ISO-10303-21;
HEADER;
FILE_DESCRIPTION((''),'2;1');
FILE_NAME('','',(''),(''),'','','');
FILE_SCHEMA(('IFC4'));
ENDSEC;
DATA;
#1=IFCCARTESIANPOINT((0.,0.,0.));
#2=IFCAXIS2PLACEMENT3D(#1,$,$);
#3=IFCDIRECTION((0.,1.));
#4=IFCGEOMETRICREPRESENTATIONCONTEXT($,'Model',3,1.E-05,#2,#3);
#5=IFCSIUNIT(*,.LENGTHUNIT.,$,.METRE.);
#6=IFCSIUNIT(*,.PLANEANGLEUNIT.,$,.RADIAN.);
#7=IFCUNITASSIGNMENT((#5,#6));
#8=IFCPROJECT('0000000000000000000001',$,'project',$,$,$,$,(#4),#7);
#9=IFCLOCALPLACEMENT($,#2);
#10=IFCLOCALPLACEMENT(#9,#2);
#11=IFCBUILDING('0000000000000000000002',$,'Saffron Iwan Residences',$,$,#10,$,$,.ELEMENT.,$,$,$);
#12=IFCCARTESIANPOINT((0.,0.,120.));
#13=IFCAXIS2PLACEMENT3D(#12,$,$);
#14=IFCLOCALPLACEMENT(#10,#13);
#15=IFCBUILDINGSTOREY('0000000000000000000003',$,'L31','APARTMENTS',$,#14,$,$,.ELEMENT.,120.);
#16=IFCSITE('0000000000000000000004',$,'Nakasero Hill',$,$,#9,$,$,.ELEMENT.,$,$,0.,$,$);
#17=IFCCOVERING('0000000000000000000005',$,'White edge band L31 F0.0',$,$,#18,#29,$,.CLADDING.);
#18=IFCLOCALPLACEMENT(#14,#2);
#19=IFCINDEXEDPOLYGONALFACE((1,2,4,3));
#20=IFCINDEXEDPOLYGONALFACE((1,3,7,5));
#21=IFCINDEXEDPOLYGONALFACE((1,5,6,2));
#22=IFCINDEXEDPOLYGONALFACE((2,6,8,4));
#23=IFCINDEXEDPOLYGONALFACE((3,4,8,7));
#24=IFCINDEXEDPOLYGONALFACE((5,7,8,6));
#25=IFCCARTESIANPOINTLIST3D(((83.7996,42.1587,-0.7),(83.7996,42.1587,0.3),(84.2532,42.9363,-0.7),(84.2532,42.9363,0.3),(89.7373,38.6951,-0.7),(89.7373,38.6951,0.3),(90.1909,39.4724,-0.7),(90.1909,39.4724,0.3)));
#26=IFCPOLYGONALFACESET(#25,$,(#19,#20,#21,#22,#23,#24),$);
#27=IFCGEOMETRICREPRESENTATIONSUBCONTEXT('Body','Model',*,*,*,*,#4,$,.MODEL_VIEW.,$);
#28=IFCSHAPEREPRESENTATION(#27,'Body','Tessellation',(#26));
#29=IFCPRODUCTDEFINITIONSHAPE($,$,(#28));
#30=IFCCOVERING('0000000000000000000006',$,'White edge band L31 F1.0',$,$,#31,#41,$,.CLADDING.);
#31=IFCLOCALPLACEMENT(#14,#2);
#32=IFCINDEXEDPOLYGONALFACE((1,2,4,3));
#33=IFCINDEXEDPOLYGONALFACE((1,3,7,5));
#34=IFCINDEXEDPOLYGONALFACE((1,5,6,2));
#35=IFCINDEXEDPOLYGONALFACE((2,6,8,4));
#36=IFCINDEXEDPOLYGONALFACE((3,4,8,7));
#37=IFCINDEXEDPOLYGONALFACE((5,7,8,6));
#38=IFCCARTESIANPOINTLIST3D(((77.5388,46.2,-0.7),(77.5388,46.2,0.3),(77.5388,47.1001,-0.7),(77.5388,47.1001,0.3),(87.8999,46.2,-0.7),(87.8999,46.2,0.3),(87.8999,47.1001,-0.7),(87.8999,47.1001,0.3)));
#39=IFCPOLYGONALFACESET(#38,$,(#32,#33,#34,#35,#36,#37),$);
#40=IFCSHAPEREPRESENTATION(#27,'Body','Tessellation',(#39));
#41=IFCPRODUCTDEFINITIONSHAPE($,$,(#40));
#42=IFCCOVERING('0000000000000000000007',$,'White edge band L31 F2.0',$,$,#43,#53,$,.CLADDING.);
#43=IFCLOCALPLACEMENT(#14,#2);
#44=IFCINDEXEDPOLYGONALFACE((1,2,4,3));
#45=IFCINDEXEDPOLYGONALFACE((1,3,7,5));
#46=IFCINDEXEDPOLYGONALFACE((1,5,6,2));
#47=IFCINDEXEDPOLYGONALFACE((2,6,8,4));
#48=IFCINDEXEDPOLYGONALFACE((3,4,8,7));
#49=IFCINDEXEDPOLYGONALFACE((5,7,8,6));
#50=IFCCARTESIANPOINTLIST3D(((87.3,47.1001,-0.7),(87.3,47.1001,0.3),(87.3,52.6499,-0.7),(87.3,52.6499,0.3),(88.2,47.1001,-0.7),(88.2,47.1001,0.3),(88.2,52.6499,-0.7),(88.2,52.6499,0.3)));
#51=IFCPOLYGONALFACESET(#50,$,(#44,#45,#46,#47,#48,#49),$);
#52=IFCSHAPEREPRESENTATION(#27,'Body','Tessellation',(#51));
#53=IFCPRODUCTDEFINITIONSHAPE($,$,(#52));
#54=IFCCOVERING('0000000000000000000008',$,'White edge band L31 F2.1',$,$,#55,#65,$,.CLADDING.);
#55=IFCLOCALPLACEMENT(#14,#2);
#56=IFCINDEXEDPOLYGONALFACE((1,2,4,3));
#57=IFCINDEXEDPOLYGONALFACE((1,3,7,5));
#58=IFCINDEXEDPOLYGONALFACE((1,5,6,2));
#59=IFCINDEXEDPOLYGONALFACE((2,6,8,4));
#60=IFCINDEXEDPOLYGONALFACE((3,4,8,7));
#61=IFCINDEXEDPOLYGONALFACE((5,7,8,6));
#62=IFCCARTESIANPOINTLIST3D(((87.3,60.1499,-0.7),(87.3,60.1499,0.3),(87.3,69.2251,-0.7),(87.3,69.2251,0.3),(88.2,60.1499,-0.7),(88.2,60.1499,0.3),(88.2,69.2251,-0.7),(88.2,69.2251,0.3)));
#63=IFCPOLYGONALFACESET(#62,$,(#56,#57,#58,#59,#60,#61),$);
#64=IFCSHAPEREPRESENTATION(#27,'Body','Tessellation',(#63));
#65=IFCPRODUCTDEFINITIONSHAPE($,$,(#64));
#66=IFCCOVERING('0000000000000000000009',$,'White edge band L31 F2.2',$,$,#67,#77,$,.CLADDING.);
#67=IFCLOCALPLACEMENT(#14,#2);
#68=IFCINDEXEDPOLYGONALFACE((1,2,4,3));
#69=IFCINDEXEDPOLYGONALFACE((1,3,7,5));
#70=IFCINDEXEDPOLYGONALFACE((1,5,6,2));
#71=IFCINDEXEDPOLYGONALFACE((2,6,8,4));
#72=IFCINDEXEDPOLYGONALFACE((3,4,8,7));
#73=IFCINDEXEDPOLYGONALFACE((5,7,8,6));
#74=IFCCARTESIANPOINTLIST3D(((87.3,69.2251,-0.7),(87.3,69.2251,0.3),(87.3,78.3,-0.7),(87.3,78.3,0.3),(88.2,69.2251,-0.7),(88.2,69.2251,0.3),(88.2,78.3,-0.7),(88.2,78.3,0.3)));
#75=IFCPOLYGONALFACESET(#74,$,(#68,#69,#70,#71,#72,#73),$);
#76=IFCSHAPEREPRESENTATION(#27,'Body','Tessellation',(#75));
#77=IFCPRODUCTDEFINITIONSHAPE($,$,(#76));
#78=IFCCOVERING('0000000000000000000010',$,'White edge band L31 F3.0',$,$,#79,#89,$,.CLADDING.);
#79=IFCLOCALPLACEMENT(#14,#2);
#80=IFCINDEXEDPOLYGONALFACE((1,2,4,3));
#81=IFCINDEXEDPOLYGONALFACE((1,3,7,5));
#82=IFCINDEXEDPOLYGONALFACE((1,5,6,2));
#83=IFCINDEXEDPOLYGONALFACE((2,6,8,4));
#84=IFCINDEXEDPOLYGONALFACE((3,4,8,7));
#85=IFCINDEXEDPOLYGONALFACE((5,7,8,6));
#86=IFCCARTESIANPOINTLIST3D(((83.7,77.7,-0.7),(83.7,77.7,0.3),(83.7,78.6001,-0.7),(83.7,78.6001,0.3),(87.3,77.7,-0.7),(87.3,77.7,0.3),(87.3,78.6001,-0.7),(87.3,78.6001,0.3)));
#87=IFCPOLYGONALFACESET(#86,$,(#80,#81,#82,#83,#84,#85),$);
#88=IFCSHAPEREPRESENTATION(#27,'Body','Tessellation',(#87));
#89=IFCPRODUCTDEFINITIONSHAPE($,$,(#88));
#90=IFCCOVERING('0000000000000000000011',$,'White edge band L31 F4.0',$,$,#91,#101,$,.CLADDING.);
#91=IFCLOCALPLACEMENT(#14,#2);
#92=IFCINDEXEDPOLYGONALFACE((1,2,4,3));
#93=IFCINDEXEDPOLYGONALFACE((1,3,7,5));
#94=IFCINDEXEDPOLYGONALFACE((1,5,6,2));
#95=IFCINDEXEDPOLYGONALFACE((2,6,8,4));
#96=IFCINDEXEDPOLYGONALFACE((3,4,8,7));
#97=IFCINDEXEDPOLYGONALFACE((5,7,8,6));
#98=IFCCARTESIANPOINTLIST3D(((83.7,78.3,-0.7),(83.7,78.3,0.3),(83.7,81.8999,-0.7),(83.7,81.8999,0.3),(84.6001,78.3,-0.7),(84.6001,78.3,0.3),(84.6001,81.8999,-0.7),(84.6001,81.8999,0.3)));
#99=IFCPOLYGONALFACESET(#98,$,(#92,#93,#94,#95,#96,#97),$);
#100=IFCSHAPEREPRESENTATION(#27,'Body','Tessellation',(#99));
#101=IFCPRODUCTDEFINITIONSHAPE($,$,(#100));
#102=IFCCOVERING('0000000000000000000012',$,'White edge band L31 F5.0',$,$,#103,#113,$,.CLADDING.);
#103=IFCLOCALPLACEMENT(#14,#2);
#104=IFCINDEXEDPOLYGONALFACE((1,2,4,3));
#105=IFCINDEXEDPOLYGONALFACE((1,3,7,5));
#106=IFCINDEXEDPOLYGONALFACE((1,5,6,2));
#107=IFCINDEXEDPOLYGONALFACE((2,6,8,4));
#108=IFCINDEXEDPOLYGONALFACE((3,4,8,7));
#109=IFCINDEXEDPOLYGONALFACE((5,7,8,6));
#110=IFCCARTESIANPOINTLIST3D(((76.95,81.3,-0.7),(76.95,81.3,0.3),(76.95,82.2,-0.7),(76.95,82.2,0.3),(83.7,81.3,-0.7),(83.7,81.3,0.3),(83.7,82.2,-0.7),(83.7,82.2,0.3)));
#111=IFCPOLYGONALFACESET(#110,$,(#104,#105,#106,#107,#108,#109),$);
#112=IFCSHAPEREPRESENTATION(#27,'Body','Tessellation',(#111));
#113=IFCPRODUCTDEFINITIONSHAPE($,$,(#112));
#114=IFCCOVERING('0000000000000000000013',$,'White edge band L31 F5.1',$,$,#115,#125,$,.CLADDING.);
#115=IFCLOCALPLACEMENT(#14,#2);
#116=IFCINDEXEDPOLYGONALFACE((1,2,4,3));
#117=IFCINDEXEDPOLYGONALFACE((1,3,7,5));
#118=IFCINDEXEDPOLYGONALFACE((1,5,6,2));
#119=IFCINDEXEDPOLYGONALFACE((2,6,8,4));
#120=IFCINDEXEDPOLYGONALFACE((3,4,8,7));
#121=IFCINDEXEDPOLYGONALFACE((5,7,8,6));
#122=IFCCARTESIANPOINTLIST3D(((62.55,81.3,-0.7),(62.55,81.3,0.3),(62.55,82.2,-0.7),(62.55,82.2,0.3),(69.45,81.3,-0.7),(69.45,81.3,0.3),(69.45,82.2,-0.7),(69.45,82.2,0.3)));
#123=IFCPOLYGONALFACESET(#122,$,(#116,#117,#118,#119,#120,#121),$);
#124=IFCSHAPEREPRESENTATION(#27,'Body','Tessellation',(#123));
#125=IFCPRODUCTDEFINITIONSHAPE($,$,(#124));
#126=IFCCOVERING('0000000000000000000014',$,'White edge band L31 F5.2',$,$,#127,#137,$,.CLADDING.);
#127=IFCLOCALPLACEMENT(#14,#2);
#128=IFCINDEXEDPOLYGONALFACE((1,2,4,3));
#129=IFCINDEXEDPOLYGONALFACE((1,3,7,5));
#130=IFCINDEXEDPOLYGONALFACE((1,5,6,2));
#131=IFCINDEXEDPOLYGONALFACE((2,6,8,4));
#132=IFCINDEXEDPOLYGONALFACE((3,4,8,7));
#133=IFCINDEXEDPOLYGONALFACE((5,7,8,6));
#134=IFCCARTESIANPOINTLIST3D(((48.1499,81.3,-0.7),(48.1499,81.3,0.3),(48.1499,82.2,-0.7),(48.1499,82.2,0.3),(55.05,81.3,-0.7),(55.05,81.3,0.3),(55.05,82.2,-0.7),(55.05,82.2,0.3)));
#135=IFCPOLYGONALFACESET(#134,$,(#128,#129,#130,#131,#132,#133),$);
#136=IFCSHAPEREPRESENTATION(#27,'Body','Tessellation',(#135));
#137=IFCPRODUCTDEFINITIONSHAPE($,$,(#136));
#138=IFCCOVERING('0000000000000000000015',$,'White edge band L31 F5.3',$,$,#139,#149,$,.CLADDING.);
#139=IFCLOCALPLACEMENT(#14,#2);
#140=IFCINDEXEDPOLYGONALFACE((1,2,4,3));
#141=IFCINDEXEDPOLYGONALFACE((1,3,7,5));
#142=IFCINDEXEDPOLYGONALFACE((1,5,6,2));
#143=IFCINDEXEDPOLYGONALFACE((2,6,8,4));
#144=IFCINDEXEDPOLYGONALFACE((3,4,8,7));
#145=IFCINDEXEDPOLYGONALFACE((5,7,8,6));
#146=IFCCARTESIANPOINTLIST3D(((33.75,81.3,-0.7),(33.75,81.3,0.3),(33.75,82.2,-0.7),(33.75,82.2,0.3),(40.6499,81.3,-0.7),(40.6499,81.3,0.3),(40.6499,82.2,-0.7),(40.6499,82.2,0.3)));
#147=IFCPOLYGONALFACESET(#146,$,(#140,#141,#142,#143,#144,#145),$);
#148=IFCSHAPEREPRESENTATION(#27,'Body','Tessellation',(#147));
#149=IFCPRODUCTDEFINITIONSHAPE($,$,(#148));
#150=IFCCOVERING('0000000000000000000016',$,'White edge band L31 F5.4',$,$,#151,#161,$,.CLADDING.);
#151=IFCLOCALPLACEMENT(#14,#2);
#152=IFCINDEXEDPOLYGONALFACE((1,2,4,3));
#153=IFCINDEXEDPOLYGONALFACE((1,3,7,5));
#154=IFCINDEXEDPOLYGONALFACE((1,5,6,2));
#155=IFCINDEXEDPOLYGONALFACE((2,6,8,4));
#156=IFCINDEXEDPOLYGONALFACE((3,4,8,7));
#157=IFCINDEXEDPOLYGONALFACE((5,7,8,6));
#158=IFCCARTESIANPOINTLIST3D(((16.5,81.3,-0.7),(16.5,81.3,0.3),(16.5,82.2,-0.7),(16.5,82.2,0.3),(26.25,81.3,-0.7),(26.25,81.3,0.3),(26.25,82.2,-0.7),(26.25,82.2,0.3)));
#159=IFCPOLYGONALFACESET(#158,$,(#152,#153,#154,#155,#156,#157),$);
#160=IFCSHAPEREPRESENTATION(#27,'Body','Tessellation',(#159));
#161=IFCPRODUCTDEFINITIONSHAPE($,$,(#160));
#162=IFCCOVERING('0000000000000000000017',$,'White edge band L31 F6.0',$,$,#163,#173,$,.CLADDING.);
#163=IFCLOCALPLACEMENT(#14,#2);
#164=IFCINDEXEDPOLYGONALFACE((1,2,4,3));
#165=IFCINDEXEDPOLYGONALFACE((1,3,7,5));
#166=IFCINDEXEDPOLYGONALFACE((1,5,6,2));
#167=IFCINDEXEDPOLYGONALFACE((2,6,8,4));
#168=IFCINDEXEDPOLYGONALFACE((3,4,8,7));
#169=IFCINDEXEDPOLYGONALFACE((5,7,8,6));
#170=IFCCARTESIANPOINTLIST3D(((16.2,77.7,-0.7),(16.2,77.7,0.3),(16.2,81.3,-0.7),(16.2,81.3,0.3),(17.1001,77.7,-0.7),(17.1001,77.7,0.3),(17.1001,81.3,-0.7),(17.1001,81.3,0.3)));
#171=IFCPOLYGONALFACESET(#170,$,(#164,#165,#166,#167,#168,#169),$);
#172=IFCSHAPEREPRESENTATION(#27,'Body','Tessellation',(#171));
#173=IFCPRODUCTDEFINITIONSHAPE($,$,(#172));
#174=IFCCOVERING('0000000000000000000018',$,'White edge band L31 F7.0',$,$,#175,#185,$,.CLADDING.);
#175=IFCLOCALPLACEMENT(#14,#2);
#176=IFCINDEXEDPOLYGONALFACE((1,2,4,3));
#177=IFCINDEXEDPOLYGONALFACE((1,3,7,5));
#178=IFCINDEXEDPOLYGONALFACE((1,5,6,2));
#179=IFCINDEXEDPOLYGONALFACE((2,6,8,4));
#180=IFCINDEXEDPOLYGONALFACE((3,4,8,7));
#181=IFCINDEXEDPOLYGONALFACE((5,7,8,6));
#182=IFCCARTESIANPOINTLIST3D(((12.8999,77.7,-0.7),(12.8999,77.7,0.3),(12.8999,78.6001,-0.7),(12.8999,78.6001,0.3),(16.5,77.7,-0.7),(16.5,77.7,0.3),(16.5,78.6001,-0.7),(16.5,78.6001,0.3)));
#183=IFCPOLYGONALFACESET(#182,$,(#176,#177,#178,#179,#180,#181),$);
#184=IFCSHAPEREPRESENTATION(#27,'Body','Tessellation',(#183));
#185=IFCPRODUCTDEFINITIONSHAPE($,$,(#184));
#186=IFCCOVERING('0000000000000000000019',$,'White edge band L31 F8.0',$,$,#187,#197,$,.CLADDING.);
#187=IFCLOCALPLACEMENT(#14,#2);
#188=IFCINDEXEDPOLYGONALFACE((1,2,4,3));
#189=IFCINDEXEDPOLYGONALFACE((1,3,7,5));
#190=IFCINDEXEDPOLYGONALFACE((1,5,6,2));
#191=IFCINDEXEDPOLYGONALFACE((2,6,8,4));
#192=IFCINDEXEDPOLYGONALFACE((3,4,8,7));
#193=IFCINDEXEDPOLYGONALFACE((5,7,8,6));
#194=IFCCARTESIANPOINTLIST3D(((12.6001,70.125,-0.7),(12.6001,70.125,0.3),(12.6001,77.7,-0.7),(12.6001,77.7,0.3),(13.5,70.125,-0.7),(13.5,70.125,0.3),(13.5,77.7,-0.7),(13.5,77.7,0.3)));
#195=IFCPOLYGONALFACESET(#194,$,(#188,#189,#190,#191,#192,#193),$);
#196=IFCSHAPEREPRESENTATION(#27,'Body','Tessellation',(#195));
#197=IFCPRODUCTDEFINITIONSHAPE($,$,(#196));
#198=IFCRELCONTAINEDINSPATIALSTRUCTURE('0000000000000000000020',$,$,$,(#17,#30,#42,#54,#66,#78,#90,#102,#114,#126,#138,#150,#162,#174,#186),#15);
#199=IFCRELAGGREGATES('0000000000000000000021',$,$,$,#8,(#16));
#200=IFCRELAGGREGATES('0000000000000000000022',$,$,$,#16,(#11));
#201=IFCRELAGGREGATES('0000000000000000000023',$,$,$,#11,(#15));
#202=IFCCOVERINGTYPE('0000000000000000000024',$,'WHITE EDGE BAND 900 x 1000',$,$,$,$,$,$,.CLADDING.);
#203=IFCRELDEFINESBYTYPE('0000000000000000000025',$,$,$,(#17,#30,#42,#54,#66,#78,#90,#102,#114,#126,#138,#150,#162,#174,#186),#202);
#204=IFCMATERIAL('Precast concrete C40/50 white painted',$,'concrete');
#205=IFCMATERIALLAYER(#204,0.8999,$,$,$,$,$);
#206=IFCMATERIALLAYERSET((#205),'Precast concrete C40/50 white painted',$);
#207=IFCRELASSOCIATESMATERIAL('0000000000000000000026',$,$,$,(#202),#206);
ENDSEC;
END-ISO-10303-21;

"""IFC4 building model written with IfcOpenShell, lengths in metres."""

from ifc_helpers import new_model, si_unit, direction, frame, origin, place, context, subcontext, project, spatial, polyline, outline, extrude, material, layer, layer_set, type_object, element, save


model = new_model("IFC4")

# Units and contexts
model_context = context("Model", 3, precision=1e-05, world=origin(), true_north=direction((0.0, 1.0)))
body_context = subcontext(model_context, "Body", "Model", "MODEL_VIEW")
ifc_project = project(units=[si_unit("LENGTHUNIT", "METRE"), si_unit("PLANEANGLEUNIT", "RADIAN")], contexts=[model_context])

# Site, building, storey
site_placement = place(None, origin())
site = spatial("IfcSite", under=ifc_project, at=site_placement, Name="Nakasero Hill", CompositionType="ELEMENT", RefElevation=0.0)
building_placement = place(site_placement, origin())
building = spatial("IfcBuilding", under=site, at=building_placement, Name="Saffron Iwan Residences", CompositionType="ELEMENT")
storey_placement = place(building_placement, frame((0.0, 0.0, 120.0)))
storey = spatial("IfcBuildingStorey", under=building, at=storey_placement, Name="L31", Description="APARTMENTS", CompositionType="ELEMENT", Elevation=120.0)

# Coverings
ifc_material = material(Name="Precast concrete C40/50 white painted", Category="concrete")
ifc_layer = layer(ifc_material, 0.8999)
ifc_layer_set = layer_set([ifc_layer], Name="Precast concrete C40/50 white painted")
covering_type = type_object("IfcCoveringType", Name="WHITE EDGE BAND 900 x 1000", PredefinedType="CLADDING", material=ifc_layer_set)
covering_1_placement = place(storey_placement, frame((0.0, 0.0, -0.7)))
element("IfcCovering", 1, at=covering_1_placement, inside=storey, type_object=covering_type, Name="White edge band L31 F0.0", PredefinedType="CLADDING", context=body_context, shape_type="SweptSolid", body=[
    extrude(outline(polyline([(90.1909, 39.4724), (84.2532, 42.9363), (83.7996, 42.1587), (89.7373, 38.6951), (90.1909, 39.4724)])), origin(), (0.0, 0.0, 1.0), 1.0),
])
covering_2_placement = place(storey_placement, frame((0.0, 0.0, -0.7)))
element("IfcCovering", 2, at=covering_2_placement, inside=storey, type_object=covering_type, Name="White edge band L31 F1.0", PredefinedType="CLADDING", context=body_context, shape_type="SweptSolid", body=[
    extrude(outline(polyline([(77.5388, 46.2), (87.8999, 46.2), (87.8999, 47.1001), (77.5388, 47.1001), (77.5388, 46.2)])), origin(), (0.0, 0.0, 1.0), 1.0),
])
covering_3_placement = place(storey_placement, frame((0.0, 0.0, -0.7)))
element("IfcCovering", 3, at=covering_3_placement, inside=storey, type_object=covering_type, Name="White edge band L31 F2.0", PredefinedType="CLADDING", context=body_context, shape_type="SweptSolid", body=[
    extrude(outline(polyline([(88.2, 47.1001), (88.2, 52.6499), (87.3, 52.6499), (87.3, 47.1001), (88.2, 47.1001)])), origin(), (0.0, 0.0, 1.0), 1.0),
])
covering_4_placement = place(storey_placement, frame((0.0, 0.0, -0.7)))
element("IfcCovering", 4, at=covering_4_placement, inside=storey, type_object=covering_type, Name="White edge band L31 F2.1", PredefinedType="CLADDING", context=body_context, shape_type="SweptSolid", body=[
    extrude(outline(polyline([(88.2, 60.1499), (88.2, 69.2251), (87.3, 69.2251), (87.3, 60.1499), (88.2, 60.1499)])), origin(), (0.0, 0.0, 1.0), 1.0),
])
covering_5_placement = place(storey_placement, frame((0.0, 0.0, -0.7)))
element("IfcCovering", 5, at=covering_5_placement, inside=storey, type_object=covering_type, Name="White edge band L31 F2.2", PredefinedType="CLADDING", context=body_context, shape_type="SweptSolid", body=[
    extrude(outline(polyline([(88.2, 69.2251), (88.2, 78.3), (87.3, 78.3), (87.3, 69.2251), (88.2, 69.2251)])), origin(), (0.0, 0.0, 1.0), 1.0),
])
covering_6_placement = place(storey_placement, frame((0.0, 0.0, -0.7)))
element("IfcCovering", 6, at=covering_6_placement, inside=storey, type_object=covering_type, Name="White edge band L31 F3.0", PredefinedType="CLADDING", context=body_context, shape_type="SweptSolid", body=[
    extrude(outline(polyline([(87.3, 78.6001), (83.7, 78.6001), (83.7, 77.7), (87.3, 77.7), (87.3, 78.6001)])), origin(), (0.0, 0.0, 1.0), 1.0),
])
covering_7_placement = place(storey_placement, frame((0.0, 0.0, -0.7)))
element("IfcCovering", 7, at=covering_7_placement, inside=storey, type_object=covering_type, Name="White edge band L31 F4.0", PredefinedType="CLADDING", context=body_context, shape_type="SweptSolid", body=[
    extrude(outline(polyline([(84.6001, 78.3), (84.6001, 81.8999), (83.7, 81.8999), (83.7, 78.3), (84.6001, 78.3)])), origin(), (0.0, 0.0, 1.0), 1.0),
])
covering_8_placement = place(storey_placement, frame((0.0, 0.0, -0.7)))
element("IfcCovering", 8, at=covering_8_placement, inside=storey, type_object=covering_type, Name="White edge band L31 F5.0", PredefinedType="CLADDING", context=body_context, shape_type="SweptSolid", body=[
    extrude(outline(polyline([(83.7, 82.2), (76.95, 82.2), (76.95, 81.3), (83.7, 81.3), (83.7, 82.2)])), origin(), (0.0, 0.0, 1.0), 1.0),
])
covering_9_placement = place(storey_placement, frame((0.0, 0.0, -0.7)))
element("IfcCovering", 9, at=covering_9_placement, inside=storey, type_object=covering_type, Name="White edge band L31 F5.1", PredefinedType="CLADDING", context=body_context, shape_type="SweptSolid", body=[
    extrude(outline(polyline([(69.45, 82.2), (62.55, 82.2), (62.55, 81.3), (69.45, 81.3), (69.45, 82.2)])), origin(), (0.0, 0.0, 1.0), 1.0),
])
covering_10_placement = place(storey_placement, frame((0.0, 0.0, -0.7)))
element("IfcCovering", 10, at=covering_10_placement, inside=storey, type_object=covering_type, Name="White edge band L31 F5.2", PredefinedType="CLADDING", context=body_context, shape_type="SweptSolid", body=[
    extrude(outline(polyline([(55.05, 82.2), (48.1499, 82.2), (48.1499, 81.3), (55.05, 81.3), (55.05, 82.2)])), origin(), (0.0, 0.0, 1.0), 1.0),
])
covering_11_placement = place(storey_placement, frame((0.0, 0.0, -0.7)))
element("IfcCovering", 11, at=covering_11_placement, inside=storey, type_object=covering_type, Name="White edge band L31 F5.3", PredefinedType="CLADDING", context=body_context, shape_type="SweptSolid", body=[
    extrude(outline(polyline([(40.6499, 82.2), (33.75, 82.2), (33.75, 81.3), (40.6499, 81.3), (40.6499, 82.2)])), origin(), (0.0, 0.0, 1.0), 1.0),
])
covering_12_placement = place(storey_placement, frame((0.0, 0.0, -0.7)))
element("IfcCovering", 12, at=covering_12_placement, inside=storey, type_object=covering_type, Name="White edge band L31 F5.4", PredefinedType="CLADDING", context=body_context, shape_type="SweptSolid", body=[
    extrude(outline(polyline([(26.25, 82.2), (16.5, 82.2), (16.5, 81.3), (26.25, 81.3), (26.25, 82.2)])), origin(), (0.0, 0.0, 1.0), 1.0),
])
covering_13_placement = place(storey_placement, frame((0.0, 0.0, -0.7)))
element("IfcCovering", 13, at=covering_13_placement, inside=storey, type_object=covering_type, Name="White edge band L31 F6.0", PredefinedType="CLADDING", context=body_context, shape_type="SweptSolid", body=[
    extrude(outline(polyline([(16.2, 81.3), (16.2, 77.7), (17.1001, 77.7), (17.1001, 81.3), (16.2, 81.3)])), origin(), (0.0, 0.0, 1.0), 1.0),
])
covering_14_placement = place(storey_placement, frame((0.0, 0.0, -0.7)))
element("IfcCovering", 14, at=covering_14_placement, inside=storey, type_object=covering_type, Name="White edge band L31 F7.0", PredefinedType="CLADDING", context=body_context, shape_type="SweptSolid", body=[
    extrude(outline(polyline([(16.5, 78.6001), (12.8999, 78.6001), (12.8999, 77.7), (16.5, 77.7), (16.5, 78.6001)])), origin(), (0.0, 0.0, 1.0), 1.0),
])
covering_15_placement = place(storey_placement, frame((0.0, 0.0, -0.7)))
element("IfcCovering", 15, at=covering_15_placement, inside=storey, type_object=covering_type, Name="White edge band L31 F8.0", PredefinedType="CLADDING", context=body_context, shape_type="SweptSolid", body=[
    extrude(outline(polyline([(12.6001, 77.7), (12.6001, 70.125), (13.5, 70.125), (13.5, 77.7), (12.6001, 77.7)])), origin(), (0.0, 0.0, 1.0), 1.0),
])

save(model, "model.ifc")
